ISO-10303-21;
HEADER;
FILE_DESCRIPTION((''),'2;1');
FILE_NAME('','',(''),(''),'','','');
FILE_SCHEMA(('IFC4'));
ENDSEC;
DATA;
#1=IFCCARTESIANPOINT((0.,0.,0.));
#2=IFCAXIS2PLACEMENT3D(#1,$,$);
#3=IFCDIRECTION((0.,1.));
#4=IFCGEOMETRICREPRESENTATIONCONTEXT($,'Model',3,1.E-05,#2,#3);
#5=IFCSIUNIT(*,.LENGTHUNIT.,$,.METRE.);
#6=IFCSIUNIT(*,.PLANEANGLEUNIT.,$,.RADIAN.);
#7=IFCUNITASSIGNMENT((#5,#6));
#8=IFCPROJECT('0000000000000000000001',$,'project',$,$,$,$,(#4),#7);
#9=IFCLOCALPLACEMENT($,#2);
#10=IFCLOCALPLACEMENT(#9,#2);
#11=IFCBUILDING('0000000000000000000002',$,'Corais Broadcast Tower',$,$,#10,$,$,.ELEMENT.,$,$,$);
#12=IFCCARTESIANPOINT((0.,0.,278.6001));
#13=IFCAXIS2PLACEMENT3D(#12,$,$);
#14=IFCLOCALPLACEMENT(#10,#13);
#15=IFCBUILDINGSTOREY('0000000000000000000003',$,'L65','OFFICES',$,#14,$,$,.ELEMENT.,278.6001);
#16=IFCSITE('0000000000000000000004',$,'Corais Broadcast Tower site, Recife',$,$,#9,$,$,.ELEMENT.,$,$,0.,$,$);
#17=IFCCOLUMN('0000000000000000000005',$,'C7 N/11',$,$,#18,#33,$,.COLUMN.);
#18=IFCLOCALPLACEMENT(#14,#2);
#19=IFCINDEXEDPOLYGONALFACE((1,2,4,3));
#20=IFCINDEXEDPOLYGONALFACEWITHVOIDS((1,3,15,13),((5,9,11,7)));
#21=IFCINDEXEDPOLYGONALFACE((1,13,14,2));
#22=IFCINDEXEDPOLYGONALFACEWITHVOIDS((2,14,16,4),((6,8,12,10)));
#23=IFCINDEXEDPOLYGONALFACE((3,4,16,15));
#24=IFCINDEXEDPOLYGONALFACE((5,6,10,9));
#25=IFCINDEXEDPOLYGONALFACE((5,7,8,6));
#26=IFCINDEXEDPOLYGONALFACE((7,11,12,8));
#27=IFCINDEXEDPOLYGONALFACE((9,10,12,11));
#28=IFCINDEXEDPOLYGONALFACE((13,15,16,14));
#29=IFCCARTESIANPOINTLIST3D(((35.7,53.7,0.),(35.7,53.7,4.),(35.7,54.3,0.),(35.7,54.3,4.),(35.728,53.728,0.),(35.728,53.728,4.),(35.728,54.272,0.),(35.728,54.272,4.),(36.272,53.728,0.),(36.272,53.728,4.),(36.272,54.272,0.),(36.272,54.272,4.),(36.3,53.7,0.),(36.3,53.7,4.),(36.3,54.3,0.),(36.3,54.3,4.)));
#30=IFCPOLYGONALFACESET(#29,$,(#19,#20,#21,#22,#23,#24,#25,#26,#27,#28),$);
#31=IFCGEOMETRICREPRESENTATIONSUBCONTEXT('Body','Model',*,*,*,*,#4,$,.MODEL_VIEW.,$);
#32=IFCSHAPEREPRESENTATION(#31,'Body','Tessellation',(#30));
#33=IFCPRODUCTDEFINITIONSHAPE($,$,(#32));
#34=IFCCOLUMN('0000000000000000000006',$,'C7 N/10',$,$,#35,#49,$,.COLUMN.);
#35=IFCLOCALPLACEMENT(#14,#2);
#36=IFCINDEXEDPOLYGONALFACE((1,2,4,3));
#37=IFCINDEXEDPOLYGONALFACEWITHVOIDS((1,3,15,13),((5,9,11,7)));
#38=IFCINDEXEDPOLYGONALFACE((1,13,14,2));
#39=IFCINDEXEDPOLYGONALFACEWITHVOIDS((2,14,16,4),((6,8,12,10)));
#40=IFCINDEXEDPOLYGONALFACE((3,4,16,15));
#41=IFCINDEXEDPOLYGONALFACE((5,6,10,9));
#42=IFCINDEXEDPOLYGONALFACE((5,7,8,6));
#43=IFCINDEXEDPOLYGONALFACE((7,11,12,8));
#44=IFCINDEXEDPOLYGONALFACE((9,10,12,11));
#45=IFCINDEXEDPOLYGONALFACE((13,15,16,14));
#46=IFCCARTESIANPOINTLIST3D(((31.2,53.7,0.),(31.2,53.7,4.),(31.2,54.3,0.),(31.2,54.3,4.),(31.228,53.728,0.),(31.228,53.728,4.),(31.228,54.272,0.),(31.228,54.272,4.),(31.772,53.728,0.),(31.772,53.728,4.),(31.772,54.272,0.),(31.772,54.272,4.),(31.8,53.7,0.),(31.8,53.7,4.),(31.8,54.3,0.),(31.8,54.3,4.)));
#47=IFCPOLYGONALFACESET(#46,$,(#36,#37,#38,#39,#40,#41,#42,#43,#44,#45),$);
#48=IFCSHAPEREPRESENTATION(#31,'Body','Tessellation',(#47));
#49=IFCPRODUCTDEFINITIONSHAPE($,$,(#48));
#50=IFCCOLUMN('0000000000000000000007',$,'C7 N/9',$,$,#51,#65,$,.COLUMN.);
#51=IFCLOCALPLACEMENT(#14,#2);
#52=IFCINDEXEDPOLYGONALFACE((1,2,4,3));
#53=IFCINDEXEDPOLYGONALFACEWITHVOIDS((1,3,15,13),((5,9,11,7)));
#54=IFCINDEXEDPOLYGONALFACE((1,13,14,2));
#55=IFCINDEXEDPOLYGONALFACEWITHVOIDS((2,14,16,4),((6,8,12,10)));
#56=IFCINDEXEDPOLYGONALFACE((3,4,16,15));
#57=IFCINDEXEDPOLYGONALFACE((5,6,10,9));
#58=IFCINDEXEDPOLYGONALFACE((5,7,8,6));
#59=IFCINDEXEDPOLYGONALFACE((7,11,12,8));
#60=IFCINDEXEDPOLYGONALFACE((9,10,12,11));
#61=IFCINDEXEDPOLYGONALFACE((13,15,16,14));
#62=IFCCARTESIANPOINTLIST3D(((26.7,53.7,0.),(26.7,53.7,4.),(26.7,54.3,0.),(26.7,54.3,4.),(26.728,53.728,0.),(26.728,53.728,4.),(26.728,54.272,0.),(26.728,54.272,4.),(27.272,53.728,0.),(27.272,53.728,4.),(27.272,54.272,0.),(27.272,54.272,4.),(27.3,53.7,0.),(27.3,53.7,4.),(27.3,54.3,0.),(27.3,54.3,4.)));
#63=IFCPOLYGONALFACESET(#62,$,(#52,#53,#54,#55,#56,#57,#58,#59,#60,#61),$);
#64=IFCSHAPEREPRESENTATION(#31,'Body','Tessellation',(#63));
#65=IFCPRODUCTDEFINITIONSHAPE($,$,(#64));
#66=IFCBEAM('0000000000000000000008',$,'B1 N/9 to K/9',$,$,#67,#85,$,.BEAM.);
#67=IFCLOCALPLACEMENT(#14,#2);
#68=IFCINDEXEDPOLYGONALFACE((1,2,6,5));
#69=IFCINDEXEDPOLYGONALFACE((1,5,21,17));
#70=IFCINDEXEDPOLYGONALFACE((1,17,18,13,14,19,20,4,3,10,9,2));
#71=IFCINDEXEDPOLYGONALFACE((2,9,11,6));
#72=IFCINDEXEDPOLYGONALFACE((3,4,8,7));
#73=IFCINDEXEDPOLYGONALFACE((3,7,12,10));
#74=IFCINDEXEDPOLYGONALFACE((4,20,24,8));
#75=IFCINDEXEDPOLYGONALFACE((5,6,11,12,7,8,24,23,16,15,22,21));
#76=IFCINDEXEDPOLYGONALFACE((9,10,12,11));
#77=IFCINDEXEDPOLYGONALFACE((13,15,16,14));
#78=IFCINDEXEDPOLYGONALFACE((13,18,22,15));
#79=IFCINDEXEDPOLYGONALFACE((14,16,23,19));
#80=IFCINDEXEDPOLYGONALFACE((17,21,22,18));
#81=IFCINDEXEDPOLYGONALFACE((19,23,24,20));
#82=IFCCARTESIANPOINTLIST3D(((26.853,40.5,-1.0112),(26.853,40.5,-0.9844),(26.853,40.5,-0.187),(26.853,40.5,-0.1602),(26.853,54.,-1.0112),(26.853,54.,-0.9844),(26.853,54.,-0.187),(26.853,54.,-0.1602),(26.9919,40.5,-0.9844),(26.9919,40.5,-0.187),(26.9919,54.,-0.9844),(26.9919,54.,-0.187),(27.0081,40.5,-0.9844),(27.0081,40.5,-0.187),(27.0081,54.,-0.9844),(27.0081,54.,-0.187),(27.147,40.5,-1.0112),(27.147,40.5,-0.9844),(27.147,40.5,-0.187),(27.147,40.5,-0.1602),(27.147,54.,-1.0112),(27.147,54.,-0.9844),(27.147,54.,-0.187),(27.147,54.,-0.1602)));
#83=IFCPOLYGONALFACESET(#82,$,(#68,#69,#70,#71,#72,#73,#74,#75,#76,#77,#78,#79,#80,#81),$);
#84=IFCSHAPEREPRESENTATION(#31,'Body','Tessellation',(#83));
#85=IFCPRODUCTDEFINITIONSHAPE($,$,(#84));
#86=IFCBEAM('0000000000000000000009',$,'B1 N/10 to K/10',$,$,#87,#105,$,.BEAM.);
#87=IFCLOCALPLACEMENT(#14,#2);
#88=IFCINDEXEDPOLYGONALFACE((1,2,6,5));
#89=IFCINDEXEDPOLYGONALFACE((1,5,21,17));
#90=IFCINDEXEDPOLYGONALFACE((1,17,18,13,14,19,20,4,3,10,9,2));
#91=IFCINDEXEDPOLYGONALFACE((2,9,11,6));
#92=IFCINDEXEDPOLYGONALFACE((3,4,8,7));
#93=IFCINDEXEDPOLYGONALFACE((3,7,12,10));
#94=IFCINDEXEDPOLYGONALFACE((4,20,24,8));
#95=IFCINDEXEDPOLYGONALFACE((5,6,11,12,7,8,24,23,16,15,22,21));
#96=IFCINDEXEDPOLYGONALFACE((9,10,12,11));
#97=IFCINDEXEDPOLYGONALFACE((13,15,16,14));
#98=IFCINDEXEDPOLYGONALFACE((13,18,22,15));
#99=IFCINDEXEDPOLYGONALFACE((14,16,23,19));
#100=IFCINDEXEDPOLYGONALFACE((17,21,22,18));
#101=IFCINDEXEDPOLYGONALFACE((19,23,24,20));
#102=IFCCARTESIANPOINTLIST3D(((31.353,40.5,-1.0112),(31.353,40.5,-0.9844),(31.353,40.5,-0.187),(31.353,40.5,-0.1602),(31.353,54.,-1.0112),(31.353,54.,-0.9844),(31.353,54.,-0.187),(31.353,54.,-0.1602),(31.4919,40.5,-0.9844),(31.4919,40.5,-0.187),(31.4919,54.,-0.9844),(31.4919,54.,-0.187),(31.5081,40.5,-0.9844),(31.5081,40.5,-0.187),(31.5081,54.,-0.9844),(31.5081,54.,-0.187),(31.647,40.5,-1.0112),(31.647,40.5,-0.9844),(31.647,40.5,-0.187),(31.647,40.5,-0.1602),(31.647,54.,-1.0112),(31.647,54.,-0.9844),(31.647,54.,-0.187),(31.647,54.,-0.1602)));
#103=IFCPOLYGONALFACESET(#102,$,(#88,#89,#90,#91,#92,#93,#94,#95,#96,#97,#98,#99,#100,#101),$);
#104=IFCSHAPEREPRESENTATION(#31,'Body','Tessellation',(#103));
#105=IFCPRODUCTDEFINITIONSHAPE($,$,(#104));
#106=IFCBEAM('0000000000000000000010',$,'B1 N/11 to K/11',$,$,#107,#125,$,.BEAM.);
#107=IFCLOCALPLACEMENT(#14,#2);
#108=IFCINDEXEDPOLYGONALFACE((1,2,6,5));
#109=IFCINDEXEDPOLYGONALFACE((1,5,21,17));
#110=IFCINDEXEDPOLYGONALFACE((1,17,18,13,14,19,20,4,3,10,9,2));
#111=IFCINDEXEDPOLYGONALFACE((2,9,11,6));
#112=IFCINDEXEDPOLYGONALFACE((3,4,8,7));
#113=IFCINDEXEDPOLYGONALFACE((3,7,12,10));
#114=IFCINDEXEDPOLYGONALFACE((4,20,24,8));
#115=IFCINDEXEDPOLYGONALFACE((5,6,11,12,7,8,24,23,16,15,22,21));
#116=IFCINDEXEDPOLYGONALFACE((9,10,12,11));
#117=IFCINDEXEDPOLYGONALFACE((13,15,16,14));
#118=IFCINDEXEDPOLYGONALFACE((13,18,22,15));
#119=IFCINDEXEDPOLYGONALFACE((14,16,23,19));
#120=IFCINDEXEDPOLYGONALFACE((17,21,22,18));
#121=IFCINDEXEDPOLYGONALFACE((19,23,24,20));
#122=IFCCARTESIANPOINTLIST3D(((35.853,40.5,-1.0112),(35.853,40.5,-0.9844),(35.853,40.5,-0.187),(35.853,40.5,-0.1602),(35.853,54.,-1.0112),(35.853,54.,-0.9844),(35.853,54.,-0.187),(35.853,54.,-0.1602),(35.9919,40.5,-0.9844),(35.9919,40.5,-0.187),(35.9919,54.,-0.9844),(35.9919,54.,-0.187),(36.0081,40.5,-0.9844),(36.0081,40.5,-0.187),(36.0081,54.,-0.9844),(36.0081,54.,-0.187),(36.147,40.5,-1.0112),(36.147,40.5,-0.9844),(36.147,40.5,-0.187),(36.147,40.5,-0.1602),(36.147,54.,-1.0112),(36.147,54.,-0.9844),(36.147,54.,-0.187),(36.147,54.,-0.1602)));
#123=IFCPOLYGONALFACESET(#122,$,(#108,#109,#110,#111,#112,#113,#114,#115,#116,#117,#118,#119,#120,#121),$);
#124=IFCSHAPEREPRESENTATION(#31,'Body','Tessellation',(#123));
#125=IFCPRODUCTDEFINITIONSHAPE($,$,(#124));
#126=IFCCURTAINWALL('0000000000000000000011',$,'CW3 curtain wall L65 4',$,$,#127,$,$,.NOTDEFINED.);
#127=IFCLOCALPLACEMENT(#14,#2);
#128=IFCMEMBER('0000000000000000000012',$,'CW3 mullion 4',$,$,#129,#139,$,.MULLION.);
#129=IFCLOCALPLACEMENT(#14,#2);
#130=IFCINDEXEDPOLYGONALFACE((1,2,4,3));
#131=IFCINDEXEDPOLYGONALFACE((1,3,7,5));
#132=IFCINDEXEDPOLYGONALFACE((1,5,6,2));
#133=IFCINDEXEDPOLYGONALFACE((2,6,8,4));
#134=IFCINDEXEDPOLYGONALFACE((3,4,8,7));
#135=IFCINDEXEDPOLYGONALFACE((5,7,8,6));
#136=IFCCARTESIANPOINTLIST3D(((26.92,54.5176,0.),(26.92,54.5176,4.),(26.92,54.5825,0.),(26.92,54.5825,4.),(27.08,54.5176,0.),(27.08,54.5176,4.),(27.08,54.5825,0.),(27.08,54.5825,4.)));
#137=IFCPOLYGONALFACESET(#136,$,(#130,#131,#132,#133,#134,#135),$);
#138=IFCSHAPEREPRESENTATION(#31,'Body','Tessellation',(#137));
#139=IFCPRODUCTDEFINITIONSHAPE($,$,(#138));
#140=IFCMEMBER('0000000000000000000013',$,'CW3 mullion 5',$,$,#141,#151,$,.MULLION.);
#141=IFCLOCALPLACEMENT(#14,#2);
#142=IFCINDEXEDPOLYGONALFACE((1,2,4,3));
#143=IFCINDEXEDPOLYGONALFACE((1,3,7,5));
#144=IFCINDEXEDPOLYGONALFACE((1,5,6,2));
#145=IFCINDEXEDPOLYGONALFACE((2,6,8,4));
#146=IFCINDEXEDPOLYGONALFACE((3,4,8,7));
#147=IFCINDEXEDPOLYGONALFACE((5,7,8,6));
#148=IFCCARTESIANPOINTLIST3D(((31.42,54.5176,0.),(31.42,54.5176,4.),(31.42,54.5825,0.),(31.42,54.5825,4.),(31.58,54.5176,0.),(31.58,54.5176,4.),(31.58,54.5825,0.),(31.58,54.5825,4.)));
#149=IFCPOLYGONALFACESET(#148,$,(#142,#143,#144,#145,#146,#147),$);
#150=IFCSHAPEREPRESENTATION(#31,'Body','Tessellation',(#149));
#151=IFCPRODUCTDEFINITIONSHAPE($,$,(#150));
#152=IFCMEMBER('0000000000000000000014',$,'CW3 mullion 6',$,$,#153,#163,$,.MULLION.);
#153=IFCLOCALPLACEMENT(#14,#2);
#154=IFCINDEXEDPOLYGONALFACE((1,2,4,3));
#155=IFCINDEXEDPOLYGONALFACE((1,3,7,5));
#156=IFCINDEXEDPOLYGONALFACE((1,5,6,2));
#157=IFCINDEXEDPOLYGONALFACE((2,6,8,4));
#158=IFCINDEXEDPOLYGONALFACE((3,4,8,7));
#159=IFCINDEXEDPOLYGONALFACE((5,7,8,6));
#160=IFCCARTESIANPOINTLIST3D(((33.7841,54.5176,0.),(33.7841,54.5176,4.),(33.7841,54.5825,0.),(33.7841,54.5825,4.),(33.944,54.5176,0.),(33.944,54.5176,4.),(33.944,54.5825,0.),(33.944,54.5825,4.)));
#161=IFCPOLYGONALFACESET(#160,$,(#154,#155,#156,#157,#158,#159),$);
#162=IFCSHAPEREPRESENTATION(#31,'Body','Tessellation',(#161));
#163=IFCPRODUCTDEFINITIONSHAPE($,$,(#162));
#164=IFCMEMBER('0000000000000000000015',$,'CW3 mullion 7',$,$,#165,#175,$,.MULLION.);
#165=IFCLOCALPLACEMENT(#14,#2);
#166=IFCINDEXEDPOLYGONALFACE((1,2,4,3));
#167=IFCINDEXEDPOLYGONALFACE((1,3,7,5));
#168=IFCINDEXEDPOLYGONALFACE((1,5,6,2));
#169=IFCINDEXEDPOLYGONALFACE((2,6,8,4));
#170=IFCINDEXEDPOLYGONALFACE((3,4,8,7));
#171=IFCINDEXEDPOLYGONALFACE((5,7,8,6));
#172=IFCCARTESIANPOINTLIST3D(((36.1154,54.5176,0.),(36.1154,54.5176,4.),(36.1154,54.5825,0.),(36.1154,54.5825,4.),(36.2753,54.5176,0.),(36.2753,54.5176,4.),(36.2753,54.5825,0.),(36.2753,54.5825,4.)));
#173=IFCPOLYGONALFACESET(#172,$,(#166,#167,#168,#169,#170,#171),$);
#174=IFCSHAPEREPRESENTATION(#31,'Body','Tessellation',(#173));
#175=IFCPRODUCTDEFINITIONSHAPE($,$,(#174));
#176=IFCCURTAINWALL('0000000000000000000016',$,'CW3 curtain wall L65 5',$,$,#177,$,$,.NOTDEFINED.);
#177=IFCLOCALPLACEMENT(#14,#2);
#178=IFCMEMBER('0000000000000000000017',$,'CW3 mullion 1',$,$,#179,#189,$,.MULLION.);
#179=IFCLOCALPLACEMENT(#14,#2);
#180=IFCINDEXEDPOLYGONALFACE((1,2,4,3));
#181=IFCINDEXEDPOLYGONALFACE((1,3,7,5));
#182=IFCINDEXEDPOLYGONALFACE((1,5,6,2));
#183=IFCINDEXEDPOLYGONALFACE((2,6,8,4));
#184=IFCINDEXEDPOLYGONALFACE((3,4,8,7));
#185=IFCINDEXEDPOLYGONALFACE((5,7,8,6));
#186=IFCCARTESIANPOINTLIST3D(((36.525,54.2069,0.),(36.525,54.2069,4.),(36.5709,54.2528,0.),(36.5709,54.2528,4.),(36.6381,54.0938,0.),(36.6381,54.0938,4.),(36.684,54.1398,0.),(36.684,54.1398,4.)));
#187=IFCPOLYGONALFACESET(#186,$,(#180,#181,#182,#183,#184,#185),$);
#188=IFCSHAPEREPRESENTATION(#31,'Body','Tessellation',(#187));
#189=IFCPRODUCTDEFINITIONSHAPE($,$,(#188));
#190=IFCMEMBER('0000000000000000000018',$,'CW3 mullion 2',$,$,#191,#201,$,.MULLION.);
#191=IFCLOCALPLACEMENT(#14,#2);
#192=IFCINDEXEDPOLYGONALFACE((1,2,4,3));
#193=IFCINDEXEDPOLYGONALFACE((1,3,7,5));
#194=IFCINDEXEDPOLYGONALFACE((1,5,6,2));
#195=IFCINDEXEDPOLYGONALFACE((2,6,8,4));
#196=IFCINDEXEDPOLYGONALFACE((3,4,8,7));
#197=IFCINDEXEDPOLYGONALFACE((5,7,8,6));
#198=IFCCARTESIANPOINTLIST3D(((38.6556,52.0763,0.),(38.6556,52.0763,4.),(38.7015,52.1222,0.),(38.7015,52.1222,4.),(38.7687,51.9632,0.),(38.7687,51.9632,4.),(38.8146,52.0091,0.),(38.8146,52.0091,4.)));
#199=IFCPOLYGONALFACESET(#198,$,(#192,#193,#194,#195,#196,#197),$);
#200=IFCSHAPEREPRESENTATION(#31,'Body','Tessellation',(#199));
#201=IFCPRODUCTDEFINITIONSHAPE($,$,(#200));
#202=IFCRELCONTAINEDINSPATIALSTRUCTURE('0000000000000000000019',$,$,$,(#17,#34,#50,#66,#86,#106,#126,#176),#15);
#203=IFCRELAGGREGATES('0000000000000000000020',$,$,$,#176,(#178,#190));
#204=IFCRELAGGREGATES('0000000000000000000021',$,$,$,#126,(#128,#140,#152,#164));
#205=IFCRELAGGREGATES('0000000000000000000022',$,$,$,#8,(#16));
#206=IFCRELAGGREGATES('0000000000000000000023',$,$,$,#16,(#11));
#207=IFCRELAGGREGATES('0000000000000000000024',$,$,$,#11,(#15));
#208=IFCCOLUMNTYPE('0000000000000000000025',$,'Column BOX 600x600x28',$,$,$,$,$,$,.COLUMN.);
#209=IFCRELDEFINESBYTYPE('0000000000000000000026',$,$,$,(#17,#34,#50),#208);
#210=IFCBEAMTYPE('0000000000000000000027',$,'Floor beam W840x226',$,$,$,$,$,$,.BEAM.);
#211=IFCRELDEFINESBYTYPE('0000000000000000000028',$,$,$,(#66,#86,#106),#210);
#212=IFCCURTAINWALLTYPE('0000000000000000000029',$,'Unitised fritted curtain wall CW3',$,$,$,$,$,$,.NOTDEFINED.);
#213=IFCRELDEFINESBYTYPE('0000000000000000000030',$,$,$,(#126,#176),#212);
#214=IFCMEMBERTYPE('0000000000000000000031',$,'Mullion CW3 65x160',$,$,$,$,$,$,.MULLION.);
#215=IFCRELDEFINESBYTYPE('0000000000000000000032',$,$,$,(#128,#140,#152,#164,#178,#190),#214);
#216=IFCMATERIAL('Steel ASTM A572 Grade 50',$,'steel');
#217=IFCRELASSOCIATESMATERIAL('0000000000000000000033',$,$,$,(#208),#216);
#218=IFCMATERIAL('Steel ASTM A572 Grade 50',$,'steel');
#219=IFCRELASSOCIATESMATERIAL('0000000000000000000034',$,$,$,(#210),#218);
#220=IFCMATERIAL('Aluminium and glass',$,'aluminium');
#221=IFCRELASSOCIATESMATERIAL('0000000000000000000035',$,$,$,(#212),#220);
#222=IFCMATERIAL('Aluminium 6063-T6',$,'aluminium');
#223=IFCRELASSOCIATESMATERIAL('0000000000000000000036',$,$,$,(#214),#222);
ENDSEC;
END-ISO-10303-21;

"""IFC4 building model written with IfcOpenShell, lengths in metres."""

from ifc_helpers import new_model, si_unit, direction, frame, origin, origin_2d, place, context, subcontext, project, spatial, rectangle, hollow_rectangle, i_section, extrude, material, material_profile, profile_set, type_object, element, aggregate, save


model = new_model("IFC4")

# Units and contexts
model_context = context("Model", 3, precision=1e-05, world=origin(), true_north=direction((0.0, 1.0)))
body_context = subcontext(model_context, "Body", "Model", "MODEL_VIEW")
ifc_project = project(units=[si_unit("LENGTHUNIT", "METRE"), si_unit("PLANEANGLEUNIT", "RADIAN")], contexts=[model_context])

# Site, building, storey
site_placement = place(None, origin())
site = spatial("IfcSite", under=ifc_project, at=site_placement, Name="Corais Broadcast Tower site, Recife", CompositionType="ELEMENT", RefElevation=0.0)
building_placement = place(site_placement, origin())
building = spatial("IfcBuilding", under=site, at=building_placement, Name="Corais Broadcast Tower", CompositionType="ELEMENT")
storey_placement = place(building_placement, frame((0.0, 0.0, 278.6001)))
storey = spatial("IfcBuildingStorey", under=building, at=storey_placement, Name="L65", Description="OFFICES", CompositionType="ELEMENT", Elevation=278.6001)

# Columns
ifc_material_1 = material(Name="Steel ASTM A572 Grade 50", Category="steel")
ifc_material_profile_1 = material_profile(ifc_material_1, hollow_rectangle(XDim=0.6001, YDim=0.6001, WallThickness=0.0281, at=origin_2d()), Name="BOX 600x600x28")
ifc_profile_set_1 = profile_set([ifc_material_profile_1], Name="Steel ASTM A572 Grade 50")
column_type = type_object("IfcColumnType", Name="Column BOX 600x600x28", PredefinedType="COLUMN", material=ifc_profile_set_1)
for number, where, z_axis, x_axis, name in (
    (1, (36.0, 54.0, 0.0), (0.0, 0.0, 1.0), (1.0, 0.0, 0.0), "C7 N/11"),
    (2, (31.5, 54.0, 0.0), (0.0, 0.0, 1.0), (1.0, 0.0, 0.0), "C7 N/10"),
    (3, (27.0, 54.0, 0.0), (0.0, 0.0, 1.0), (1.0, 0.0, 0.0), "C7 N/9"),
):
    element("IfcColumn", number, at=place(storey_placement, frame(where, z_axis=z_axis, x_axis=x_axis)), inside=storey, type_object=column_type, Name=name, PredefinedType="COLUMN", context=body_context, shape_type="SweptSolid", body=[
        extrude(hollow_rectangle(XDim=0.6001, YDim=0.6001, WallThickness=0.0281, at=origin_2d()), origin(), (0.0, 0.0, 1.0), 4.0),
    ])

# Beams
ifc_material_2 = material(Name="Steel ASTM A572 Grade 50", Category="steel")
ifc_material_profile_2 = material_profile(ifc_material_2, i_section(OverallWidth=0.2939, OverallDepth=0.8511, WebThickness=0.0161, FlangeThickness=0.0269, at=origin_2d()), Name="W840x226")
ifc_profile_set_2 = profile_set([ifc_material_profile_2], Name="Steel ASTM A572 Grade 50")
beam_type_1 = type_object("IfcBeamType", Name="Floor beam W840x226", PredefinedType="BEAM", material=ifc_profile_set_2)
for number, where, z_axis, x_axis, name in (
    (4, (27.0, 54.0, -0.5857), (0.0, -1.0, 0.0), (1.0, 0.0, 0.0), "B1 N/9 to K/9"),
    (5, (31.5, 54.0, -0.5857), (0.0, -1.0, 0.0), (1.0, 0.0, 0.0), "B1 N/10 to K/10"),
    (6, (36.0, 54.0, -0.5857), (0.0, -1.0, 0.0), (1.0, 0.0, 0.0), "B1 N/11 to K/11"),
):
    element("IfcBeam", number, at=place(storey_placement, frame(where, z_axis=z_axis, x_axis=x_axis)), inside=storey, type_object=beam_type_1, Name=name, PredefinedType="BEAM", context=body_context, shape_type="SweptSolid", body=[
        extrude(i_section(OverallWidth=0.2939, OverallDepth=0.8511, WebThickness=0.0161, FlangeThickness=0.0269, at=origin_2d()), origin(), (0.0, 0.0, 1.0), 13.5),
    ])

# Curtain walls, members
ifc_material_3 = material(Name="Aluminium and glass", Category="aluminium")
curtain_wall_type = type_object("IfcCurtainWallType", Name="Unitised fritted curtain wall CW3", PredefinedType="NOTDEFINED", material=ifc_material_3)
curtain_wall_1_placement = place(storey_placement, origin())
curtain_wall_1 = element("IfcCurtainWall", 7, at=curtain_wall_1_placement, inside=storey, type_object=curtain_wall_type, Name="CW3 curtain wall L65 4", PredefinedType="NOTDEFINED")
ifc_material_4 = material(Name="Aluminium 6063-T6", Category="aluminium")
ifc_material_profile_3 = material_profile(ifc_material_4, rectangle(XDim=0.0649, YDim=0.1599, at=origin_2d()), Name="Mullion CW3 65x160")
ifc_profile_set_3 = profile_set([ifc_material_profile_3], Name="Aluminium 6063-T6")
member_type_1 = type_object("IfcMemberType", Name="Mullion CW3 65x160", PredefinedType="MULLION", material=ifc_profile_set_3)
member_1_placement = place(storey_placement, frame((27.0, 54.55, 0.0), z_axis=(0.0, 0.0, 1.0), x_axis=(0.0, 1.0, 0.0)))
member_1 = element("IfcMember", 8, at=member_1_placement, type_object=member_type_1, Name="CW3 mullion 4", PredefinedType="MULLION", context=body_context, shape_type="SweptSolid", body=[
    extrude(rectangle(XDim=0.0649, YDim=0.1599, at=origin_2d()), origin(), (0.0, 0.0, 1.0), 4.0),
])
member_2_placement = place(storey_placement, frame((31.5, 54.55, 0.0), z_axis=(0.0, 0.0, 1.0), x_axis=(0.0, 1.0, 0.0)))
member_2 = element("IfcMember", 9, at=member_2_placement, type_object=member_type_1, Name="CW3 mullion 5", PredefinedType="MULLION", context=body_context, shape_type="SweptSolid", body=[
    extrude(rectangle(XDim=0.0649, YDim=0.1599, at=origin_2d()), origin(), (0.0, 0.0, 1.0), 4.0),
])
member_3_placement = place(storey_placement, frame((33.864, 54.55, 0.0), z_axis=(0.0, 0.0, 1.0), x_axis=(0.0, 1.0, 0.0)))
member_3 = element("IfcMember", 10, at=member_3_placement, type_object=member_type_1, Name="CW3 mullion 6", PredefinedType="MULLION", context=body_context, shape_type="SweptSolid", body=[
    extrude(rectangle(XDim=0.0649, YDim=0.1599, at=origin_2d()), origin(), (0.0, 0.0, 1.0), 4.0),
])
member_4_placement = place(storey_placement, frame((36.1953, 54.55, 0.0), z_axis=(0.0, 0.0, 1.0), x_axis=(0.0, 1.0, 0.0)))
member_4 = element("IfcMember", 11, at=member_4_placement, type_object=member_type_1, Name="CW3 mullion 7", PredefinedType="MULLION", context=body_context, shape_type="SweptSolid", body=[
    extrude(rectangle(XDim=0.0649, YDim=0.1599, at=origin_2d()), origin(), (0.0, 0.0, 1.0), 4.0),
])
curtain_wall_2_placement = place(storey_placement, origin())
curtain_wall_2 = element("IfcCurtainWall", 12, at=curtain_wall_2_placement, inside=storey, type_object=curtain_wall_type, Name="CW3 curtain wall L65 5", PredefinedType="NOTDEFINED")
member_5_placement = place(storey_placement, frame((36.6045, 54.1733, 0.0), z_axis=(0.0, 0.0, 1.0), x_axis=(0.707107, 0.707107, 0.0)))
member_5 = element("IfcMember", 13, at=member_5_placement, type_object=member_type_1, Name="CW3 mullion 1", PredefinedType="MULLION", context=body_context, shape_type="SweptSolid", body=[
    extrude(rectangle(XDim=0.0649, YDim=0.1599, at=origin_2d()), origin(), (0.0, 0.0, 1.0), 4.0),
])
member_6_placement = place(storey_placement, frame((38.7351, 52.0427, 0.0), z_axis=(0.0, 0.0, 1.0), x_axis=(0.707107, 0.707107, 0.0)))
member_6 = element("IfcMember", 14, at=member_6_placement, type_object=member_type_1, Name="CW3 mullion 2", PredefinedType="MULLION", context=body_context, shape_type="SweptSolid", body=[
    extrude(rectangle(XDim=0.0649, YDim=0.1599, at=origin_2d()), origin(), (0.0, 0.0, 1.0), 4.0),
])

aggregate(curtain_wall_2, [member_5, member_6])
aggregate(curtain_wall_1, [member_1, member_2, member_3, member_4])

save(model, "model.ifc")
